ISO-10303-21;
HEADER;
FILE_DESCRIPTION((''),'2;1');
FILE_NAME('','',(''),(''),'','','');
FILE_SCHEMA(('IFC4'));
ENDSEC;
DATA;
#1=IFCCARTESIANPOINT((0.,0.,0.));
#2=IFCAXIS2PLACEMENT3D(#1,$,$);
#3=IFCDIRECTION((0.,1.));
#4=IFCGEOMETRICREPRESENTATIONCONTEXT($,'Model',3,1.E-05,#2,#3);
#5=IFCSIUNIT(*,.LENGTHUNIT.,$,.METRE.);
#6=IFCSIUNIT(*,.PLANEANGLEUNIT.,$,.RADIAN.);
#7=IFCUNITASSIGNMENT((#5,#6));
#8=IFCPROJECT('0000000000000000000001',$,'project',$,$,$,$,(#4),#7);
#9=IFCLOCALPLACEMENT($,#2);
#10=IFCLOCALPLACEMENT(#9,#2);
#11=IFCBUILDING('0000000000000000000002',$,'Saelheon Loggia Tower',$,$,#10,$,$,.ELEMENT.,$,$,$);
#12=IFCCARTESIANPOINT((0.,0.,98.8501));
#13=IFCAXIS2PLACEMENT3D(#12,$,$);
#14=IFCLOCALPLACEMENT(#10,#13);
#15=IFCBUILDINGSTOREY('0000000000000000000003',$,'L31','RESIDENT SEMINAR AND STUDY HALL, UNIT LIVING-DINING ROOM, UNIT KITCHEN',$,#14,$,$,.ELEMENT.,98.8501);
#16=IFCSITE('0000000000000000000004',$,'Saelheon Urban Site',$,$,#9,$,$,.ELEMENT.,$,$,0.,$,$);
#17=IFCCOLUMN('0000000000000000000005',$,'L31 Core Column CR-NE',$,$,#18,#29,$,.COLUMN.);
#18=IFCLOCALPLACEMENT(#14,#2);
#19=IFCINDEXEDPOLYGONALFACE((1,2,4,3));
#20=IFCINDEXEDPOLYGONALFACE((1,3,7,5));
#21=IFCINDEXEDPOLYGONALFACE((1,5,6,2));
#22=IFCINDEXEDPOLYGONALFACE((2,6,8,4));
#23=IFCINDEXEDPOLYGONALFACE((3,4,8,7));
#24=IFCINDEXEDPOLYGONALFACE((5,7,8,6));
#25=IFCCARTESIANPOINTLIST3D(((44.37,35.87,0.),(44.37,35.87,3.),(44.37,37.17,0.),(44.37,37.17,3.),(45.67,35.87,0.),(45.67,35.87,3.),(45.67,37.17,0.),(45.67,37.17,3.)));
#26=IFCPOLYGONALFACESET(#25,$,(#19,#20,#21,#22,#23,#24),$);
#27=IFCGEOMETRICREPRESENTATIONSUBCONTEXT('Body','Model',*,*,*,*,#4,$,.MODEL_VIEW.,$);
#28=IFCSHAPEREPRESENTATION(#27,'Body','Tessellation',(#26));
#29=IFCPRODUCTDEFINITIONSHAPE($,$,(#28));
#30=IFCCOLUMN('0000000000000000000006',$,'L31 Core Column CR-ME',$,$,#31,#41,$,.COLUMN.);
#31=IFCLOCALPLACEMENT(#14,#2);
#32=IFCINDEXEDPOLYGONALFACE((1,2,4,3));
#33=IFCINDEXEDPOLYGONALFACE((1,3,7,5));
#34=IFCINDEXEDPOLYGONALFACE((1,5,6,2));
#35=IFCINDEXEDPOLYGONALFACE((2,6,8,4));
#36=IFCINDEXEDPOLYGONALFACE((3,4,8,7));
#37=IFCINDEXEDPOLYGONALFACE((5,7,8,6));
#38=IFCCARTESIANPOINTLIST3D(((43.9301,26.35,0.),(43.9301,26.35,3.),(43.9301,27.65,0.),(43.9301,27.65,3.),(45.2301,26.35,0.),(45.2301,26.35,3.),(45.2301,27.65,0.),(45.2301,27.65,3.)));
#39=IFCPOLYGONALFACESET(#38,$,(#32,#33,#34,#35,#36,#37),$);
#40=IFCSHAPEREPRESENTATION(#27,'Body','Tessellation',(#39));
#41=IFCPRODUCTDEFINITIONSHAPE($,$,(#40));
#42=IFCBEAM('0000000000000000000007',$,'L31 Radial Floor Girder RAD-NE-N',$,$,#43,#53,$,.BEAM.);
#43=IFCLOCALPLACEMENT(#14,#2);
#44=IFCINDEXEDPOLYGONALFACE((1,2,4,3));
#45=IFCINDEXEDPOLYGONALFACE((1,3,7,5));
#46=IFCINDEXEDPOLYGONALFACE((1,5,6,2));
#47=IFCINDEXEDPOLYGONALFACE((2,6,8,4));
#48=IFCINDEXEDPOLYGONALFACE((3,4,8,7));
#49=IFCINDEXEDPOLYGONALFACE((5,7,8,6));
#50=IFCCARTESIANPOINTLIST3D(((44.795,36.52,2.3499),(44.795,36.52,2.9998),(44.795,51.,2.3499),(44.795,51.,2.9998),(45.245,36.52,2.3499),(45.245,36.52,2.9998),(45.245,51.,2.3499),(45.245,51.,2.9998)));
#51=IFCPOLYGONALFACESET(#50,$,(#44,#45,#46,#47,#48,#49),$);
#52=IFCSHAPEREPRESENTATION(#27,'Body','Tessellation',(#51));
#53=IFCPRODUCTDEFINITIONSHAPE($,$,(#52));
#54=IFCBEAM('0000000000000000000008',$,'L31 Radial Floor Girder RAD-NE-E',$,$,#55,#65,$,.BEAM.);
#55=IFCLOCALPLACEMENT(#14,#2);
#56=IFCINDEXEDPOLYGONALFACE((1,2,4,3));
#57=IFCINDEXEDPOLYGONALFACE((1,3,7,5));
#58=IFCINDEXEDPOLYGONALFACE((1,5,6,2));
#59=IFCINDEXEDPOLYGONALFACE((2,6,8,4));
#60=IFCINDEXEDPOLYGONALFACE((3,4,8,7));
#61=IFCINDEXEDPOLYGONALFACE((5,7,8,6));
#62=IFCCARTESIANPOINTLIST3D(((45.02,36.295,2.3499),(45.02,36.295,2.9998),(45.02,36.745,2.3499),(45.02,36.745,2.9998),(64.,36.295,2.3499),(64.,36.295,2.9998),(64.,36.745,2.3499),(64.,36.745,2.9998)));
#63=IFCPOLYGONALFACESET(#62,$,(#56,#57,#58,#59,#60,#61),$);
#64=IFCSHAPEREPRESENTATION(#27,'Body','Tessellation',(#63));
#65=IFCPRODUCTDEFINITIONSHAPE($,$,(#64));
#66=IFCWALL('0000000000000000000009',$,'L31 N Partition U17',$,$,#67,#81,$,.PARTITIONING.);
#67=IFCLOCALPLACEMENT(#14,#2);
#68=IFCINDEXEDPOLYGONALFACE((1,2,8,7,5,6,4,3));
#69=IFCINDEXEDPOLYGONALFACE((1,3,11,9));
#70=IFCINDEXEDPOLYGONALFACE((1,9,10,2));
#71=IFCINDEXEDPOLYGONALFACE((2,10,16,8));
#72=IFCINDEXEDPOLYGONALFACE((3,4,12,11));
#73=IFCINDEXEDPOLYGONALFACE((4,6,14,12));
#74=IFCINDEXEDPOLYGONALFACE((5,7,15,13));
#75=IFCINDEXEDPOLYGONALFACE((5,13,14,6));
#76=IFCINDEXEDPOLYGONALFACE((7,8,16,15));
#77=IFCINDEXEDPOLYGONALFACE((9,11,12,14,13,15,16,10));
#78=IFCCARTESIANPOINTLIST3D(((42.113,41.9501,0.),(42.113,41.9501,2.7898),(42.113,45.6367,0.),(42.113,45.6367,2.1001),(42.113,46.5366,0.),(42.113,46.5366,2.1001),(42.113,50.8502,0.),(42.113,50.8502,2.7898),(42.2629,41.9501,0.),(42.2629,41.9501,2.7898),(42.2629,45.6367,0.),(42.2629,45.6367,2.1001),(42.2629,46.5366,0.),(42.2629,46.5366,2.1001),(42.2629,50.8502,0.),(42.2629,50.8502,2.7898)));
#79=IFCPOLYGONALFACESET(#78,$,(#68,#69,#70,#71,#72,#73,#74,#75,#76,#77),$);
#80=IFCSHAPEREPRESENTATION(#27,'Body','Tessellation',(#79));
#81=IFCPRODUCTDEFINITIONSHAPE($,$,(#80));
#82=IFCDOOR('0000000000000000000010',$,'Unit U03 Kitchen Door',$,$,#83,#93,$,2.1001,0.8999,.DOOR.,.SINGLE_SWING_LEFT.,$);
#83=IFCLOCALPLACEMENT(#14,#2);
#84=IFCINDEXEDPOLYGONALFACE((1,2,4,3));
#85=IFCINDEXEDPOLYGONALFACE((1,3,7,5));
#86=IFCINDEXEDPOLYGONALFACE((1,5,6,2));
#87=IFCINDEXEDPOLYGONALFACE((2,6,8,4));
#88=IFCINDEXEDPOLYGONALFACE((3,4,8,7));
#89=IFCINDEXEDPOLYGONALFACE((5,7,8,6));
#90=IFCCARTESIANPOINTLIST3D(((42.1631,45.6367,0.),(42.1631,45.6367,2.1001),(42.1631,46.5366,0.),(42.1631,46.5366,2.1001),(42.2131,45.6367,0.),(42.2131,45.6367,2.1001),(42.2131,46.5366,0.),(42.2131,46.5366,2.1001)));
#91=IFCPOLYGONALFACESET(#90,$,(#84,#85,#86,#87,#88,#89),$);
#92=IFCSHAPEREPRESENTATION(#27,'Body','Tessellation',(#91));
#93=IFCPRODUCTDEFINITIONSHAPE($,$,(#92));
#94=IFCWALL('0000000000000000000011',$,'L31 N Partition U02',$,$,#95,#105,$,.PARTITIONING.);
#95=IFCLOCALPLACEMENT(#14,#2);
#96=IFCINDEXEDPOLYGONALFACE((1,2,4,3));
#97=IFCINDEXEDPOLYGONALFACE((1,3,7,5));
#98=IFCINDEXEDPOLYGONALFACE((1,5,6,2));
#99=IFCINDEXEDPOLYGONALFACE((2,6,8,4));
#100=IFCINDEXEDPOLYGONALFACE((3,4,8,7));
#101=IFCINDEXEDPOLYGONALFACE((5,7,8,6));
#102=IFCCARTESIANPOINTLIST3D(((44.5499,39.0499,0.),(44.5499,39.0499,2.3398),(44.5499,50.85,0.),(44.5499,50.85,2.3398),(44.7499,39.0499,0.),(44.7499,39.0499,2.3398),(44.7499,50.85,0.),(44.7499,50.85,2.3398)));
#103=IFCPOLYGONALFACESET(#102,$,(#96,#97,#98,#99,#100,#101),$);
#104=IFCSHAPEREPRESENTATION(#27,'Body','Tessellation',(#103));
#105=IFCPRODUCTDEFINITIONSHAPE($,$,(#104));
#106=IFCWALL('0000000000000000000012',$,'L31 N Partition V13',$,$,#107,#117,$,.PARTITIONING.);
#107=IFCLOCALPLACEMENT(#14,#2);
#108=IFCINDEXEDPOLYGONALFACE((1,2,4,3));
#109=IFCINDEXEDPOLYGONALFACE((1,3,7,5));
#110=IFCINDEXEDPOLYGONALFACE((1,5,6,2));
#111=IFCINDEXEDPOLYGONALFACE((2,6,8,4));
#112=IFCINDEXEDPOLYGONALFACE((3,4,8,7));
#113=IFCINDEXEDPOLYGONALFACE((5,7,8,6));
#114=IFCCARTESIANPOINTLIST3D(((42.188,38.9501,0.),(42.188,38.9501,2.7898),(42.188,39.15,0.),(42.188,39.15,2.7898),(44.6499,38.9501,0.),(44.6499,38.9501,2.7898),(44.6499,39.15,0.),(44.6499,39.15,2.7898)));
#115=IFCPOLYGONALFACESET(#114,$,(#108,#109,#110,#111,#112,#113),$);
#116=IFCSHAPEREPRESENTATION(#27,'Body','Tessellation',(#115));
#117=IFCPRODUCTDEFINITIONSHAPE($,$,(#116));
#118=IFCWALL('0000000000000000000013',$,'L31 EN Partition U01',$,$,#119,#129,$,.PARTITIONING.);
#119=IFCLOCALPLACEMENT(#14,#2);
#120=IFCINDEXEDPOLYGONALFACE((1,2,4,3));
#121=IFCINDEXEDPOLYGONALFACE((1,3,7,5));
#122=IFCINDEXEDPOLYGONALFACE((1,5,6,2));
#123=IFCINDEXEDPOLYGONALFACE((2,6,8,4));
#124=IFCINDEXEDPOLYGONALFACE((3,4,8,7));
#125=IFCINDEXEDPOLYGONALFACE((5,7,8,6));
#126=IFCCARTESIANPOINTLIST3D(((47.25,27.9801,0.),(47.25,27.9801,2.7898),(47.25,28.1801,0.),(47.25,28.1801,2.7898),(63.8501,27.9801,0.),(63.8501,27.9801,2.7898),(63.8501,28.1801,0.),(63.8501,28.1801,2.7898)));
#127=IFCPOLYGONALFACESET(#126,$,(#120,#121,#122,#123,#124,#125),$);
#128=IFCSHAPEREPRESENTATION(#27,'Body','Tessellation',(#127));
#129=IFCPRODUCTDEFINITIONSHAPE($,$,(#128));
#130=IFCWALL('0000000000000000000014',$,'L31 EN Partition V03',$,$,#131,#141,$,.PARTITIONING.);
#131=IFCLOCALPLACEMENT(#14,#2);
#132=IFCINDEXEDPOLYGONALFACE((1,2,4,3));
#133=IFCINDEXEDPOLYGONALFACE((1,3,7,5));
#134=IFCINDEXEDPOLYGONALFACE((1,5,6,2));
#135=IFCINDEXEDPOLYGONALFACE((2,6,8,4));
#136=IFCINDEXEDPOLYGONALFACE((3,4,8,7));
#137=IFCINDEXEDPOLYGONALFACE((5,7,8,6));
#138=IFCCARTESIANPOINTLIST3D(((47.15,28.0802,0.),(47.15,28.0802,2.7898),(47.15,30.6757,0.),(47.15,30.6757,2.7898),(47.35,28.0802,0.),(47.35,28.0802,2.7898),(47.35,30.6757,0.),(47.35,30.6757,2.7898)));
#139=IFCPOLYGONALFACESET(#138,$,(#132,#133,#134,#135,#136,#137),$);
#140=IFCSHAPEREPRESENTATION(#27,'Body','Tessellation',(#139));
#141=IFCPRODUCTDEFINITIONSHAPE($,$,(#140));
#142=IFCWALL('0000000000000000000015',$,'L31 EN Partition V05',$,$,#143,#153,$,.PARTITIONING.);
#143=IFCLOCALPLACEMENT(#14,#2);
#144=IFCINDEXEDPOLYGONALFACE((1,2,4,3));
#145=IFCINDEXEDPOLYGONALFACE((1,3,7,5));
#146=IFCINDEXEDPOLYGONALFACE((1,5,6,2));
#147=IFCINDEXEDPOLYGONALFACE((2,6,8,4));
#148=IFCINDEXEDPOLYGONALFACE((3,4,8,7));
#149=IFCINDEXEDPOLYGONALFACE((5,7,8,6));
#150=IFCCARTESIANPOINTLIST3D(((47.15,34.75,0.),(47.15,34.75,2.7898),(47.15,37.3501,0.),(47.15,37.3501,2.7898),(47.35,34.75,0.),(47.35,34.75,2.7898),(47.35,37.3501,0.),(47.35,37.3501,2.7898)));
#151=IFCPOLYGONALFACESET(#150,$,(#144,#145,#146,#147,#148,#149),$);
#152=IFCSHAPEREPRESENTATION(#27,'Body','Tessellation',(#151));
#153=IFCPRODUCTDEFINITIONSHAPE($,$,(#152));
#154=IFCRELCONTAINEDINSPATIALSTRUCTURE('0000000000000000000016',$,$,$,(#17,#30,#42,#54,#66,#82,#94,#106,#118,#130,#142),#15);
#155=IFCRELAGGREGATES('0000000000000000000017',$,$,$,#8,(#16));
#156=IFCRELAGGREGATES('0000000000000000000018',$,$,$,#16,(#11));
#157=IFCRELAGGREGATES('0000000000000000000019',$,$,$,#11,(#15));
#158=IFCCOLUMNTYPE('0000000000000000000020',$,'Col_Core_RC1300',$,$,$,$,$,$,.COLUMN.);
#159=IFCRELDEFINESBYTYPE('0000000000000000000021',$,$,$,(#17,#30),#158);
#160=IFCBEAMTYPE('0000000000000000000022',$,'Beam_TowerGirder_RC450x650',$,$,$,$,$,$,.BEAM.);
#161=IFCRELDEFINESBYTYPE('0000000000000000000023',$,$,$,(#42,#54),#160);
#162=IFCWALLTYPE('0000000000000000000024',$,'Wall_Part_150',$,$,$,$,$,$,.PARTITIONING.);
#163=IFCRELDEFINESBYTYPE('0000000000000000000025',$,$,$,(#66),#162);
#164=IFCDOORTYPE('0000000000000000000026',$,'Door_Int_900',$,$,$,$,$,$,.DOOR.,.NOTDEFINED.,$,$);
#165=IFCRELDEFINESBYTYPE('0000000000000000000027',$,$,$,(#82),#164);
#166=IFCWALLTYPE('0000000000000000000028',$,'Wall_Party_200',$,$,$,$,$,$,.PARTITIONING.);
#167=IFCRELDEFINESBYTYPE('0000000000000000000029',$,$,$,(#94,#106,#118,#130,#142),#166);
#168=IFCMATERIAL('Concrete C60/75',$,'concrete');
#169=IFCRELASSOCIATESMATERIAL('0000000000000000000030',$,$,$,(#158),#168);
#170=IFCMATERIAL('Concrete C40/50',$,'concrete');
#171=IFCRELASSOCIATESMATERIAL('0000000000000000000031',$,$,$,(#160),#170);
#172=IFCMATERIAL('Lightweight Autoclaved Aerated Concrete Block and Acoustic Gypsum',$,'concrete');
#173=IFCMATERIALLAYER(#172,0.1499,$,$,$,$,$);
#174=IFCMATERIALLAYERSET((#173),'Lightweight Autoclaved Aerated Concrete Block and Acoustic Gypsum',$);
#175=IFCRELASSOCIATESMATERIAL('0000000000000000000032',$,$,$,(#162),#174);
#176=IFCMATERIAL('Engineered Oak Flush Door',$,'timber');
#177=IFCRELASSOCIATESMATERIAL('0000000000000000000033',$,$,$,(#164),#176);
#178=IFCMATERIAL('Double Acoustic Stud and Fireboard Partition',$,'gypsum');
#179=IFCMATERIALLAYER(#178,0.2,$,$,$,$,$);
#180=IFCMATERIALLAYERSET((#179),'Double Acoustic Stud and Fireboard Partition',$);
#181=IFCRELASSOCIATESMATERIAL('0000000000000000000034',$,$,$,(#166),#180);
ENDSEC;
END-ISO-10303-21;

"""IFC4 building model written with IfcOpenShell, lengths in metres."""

from ifc_helpers import new_model, si_unit, direction, frame, frame_2d, origin, origin_2d, place, context, subcontext, project, spatial, rectangle, extrude, source, transform, mapped, material, layer, layer_set, material_profile, profile_set, type_object, element, fill, save


model = new_model("IFC4")

# Units and contexts
model_context = context("Model", 3, precision=1e-05, world=origin(), true_north=direction((0.0, 1.0)))
body_context = subcontext(model_context, "Body", "Model", "MODEL_VIEW")
ifc_project = project(units=[si_unit("LENGTHUNIT", "METRE"), si_unit("PLANEANGLEUNIT", "RADIAN")], contexts=[model_context])

# Site, building, storey
site_placement = place(None, origin())
site = spatial("IfcSite", under=ifc_project, at=site_placement, Name="Saelheon Urban Site", CompositionType="ELEMENT", RefElevation=0.0)
building_placement = place(site_placement, origin())
building = spatial("IfcBuilding", under=site, at=building_placement, Name="Saelheon Loggia Tower", CompositionType="ELEMENT")
storey_placement = place(building_placement, frame((0.0, 0.0, 98.8501)))
storey = spatial("IfcBuildingStorey", under=building, at=storey_placement, Name="L31", Description="RESIDENT SEMINAR AND STUDY HALL, UNIT LIVING-DINING ROOM, UNIT KITCHEN", CompositionType="ELEMENT", Elevation=98.8501)

# Columns
ifc_material_1 = material(Name="Concrete C60/75", Category="concrete")
ifc_material_profile_1 = material_profile(ifc_material_1, rectangle(XDim=1.3, YDim=1.3, at=origin_2d()), Name="RC-1300x1300")
ifc_profile_set_1 = profile_set([ifc_material_profile_1], Name="Concrete C60/75")
column_type = type_object("IfcColumnType", Name="Col_Core_RC1300", PredefinedType="COLUMN", material=ifc_profile_set_1)
shared_shape_1 = source(origin(), body_context, "Body", "SweptSolid", [
    extrude(rectangle(XDim=1.3, YDim=1.3, at=origin_2d()), origin(), (0.0, 0.0, 1.0), 3.0),
])
for number, where, z_axis, x_axis, name in (
    (1, (45.02, 36.52, 0.0), (0.0, 0.0, 1.0), (1.0, 0.0, 0.0), "L31 Core Column CR-NE"),
    (2, (44.5801, 27.0, 0.0), (0.0, 0.0, 1.0), (1.0, 0.0, 0.0), "L31 Core Column CR-ME"),
):
    element("IfcColumn", number, at=place(storey_placement, frame(where, z_axis=z_axis, x_axis=x_axis)), inside=storey, type_object=column_type, Name=name, PredefinedType="COLUMN", context=body_context, shape_type="MappedRepresentation", body=[
        mapped(shared_shape_1, transform((0.0, 0.0, 0.0), scale=1.0)),
    ])

# Beams
ifc_material_2 = material(Name="Concrete C40/50", Category="concrete")
ifc_material_profile_2 = material_profile(ifc_material_2, rectangle(XDim=0.45, YDim=0.6499, at=origin_2d()), Name="RC-450x650")
ifc_profile_set_2 = profile_set([ifc_material_profile_2], Name="Concrete C40/50")
beam_type = type_object("IfcBeamType", Name="Beam_TowerGirder_RC450x650", PredefinedType="BEAM", material=ifc_profile_set_2)
shared_shape_2 = source(origin(), body_context, "Body", "SweptSolid", [
    extrude(rectangle(XDim=0.45, YDim=0.6499, at=origin_2d()), origin(), (0.0, 0.0, 1.0), 14.48),
])
beam_1_placement = place(storey_placement, frame((45.02, 36.52, 2.6748), z_axis=(0.0, 1.0, 0.0), x_axis=(-1.0, 0.0, 0.0)))
element("IfcBeam", 3, at=beam_1_placement, inside=storey, type_object=beam_type, Name="L31 Radial Floor Girder RAD-NE-N", PredefinedType="BEAM", context=body_context, shape_type="MappedRepresentation", body=[
    mapped(shared_shape_2, transform((0.0, 0.0, 0.0), scale=1.0)),
])
shared_shape_3 = source(origin(), body_context, "Body", "SweptSolid", [
    extrude(rectangle(XDim=0.45, YDim=0.6499, at=origin_2d()), origin(), (0.0, 0.0, 1.0), 18.98),
])
beam_2_placement = place(storey_placement, frame((45.02, 36.52, 2.6748), z_axis=(1.0, 0.0, 0.0), x_axis=(0.0, 1.0, 0.0)))
element("IfcBeam", 4, at=beam_2_placement, inside=storey, type_object=beam_type, Name="L31 Radial Floor Girder RAD-NE-E", PredefinedType="BEAM", context=body_context, shape_type="MappedRepresentation", body=[
    mapped(shared_shape_3, transform((0.0, 0.0, 0.0), scale=1.0)),
])

# Wall, opening, door
ifc_material_3 = material(Name="Lightweight Autoclaved Aerated Concrete Block and Acoustic Gypsum", Category="concrete")
ifc_layer_1 = layer(ifc_material_3, 0.1499)
ifc_layer_set_1 = layer_set([ifc_layer_1], Name="Lightweight Autoclaved Aerated Concrete Block and Acoustic Gypsum")
wall_type_1 = type_object("IfcWallType", Name="Wall_Part_150", PredefinedType="PARTITIONING", material=ifc_layer_set_1)
wall_1_placement = place(storey_placement, frame((42.188, 41.95, 0.0), z_axis=(0.0, 0.0, 1.0), x_axis=(0.0, 1.0, 0.0)))
wall_1 = element("IfcWall", 5, at=wall_1_placement, inside=storey, type_object=wall_type_1, Name="L31 N Partition U17", PredefinedType="PARTITIONING", context=body_context, shape_type="SweptSolid", body=[
    extrude(rectangle(XDim=8.9001, YDim=0.1499, at=frame_2d((4.4502, 0.0))), origin(), (0.0, 0.0, 1.0), 2.7898),
])
opening_1_placement = place(wall_1_placement, frame((3.6868, 0.0, 0.0)))
opening_1 = element("IfcOpeningElement", 6, at=opening_1_placement, cuts=wall_1, PredefinedType="OPENING", context=body_context, shape_type="SweptSolid", body=[
    extrude(rectangle(XDim=0.8999, YDim=2.1001, at=frame_2d((0.45, 1.05))), frame((0.0, 0.0869, 0.0), z_axis=(0.0, -1.0, 0.0), x_axis=(1.0, 0.0, 0.0)), (0.0, 0.0, 1.0), 0.1738),
])
ifc_material_4 = material(Name="Engineered Oak Flush Door", Category="timber")
door_type_1 = type_object("IfcDoorType", Name="Door_Int_900", OperationType="NOTDEFINED", PredefinedType="DOOR", material=ifc_material_4)
shared_shape_4 = source(origin(), body_context, "Body", "SweptSolid", [
    extrude(rectangle(XDim=0.8999, YDim=2.1001, at=frame_2d((0.45, 1.05))), frame((0.0, 0.0249, 0.0), z_axis=(0.0, -1.0, 0.0), x_axis=(1.0, 0.0, 0.0)), (0.0, 0.0, 1.0), 0.05),
])
door_1_placement = place(opening_1_placement, origin())
door_1 = element("IfcDoor", 7, at=door_1_placement, inside=storey, type_object=door_type_1, Name="Unit U03 Kitchen Door", OperationType="SINGLE_SWING_LEFT", OverallHeight=2.1001, OverallWidth=0.8999, PredefinedType="DOOR", context=body_context, shape_type="MappedRepresentation", body=[
    mapped(shared_shape_4, transform((0.0, 0.0, 0.0), scale=1.0)),
])
fill(opening_1, door_1)

# Walls
ifc_material_5 = material(Name="Double Acoustic Stud and Fireboard Partition", Category="gypsum")
ifc_layer_2 = layer(ifc_material_5, 0.2)
ifc_layer_set_2 = layer_set([ifc_layer_2], Name="Double Acoustic Stud and Fireboard Partition")
wall_type_2 = type_object("IfcWallType", Name="Wall_Party_200", PredefinedType="PARTITIONING", material=ifc_layer_set_2)
wall_2_placement = place(storey_placement, frame((44.6499, 39.05, 0.0), z_axis=(0.0, 0.0, 1.0), x_axis=(0.0, 1.0, 0.0)))
element("IfcWall", 8, at=wall_2_placement, inside=storey, type_object=wall_type_2, Name="L31 N Partition U02", PredefinedType="PARTITIONING", context=body_context, shape_type="SweptSolid", body=[
    extrude(rectangle(XDim=11.8, YDim=0.2, at=frame_2d((5.8999, 0.0))), origin(), (0.0, 0.0, 1.0), 2.3398),
])
wall_3_placement = place(storey_placement, frame((42.188, 39.05, 0.0), z_axis=(0.0, 0.0, 1.0), x_axis=(1.0, 0.0, 0.0)))
element("IfcWall", 9, at=wall_3_placement, inside=storey, type_object=wall_type_2, Name="L31 N Partition V13", PredefinedType="PARTITIONING", context=body_context, shape_type="SweptSolid", body=[
    extrude(rectangle(XDim=2.4619, YDim=0.2, at=frame_2d((1.231, 0.0))), origin(), (0.0, 0.0, 1.0), 2.7898),
])
wall_4_placement = place(storey_placement, frame((47.25, 28.0801, 0.0), z_axis=(0.0, 0.0, 1.0), x_axis=(1.0, 0.0, 0.0)))
element("IfcWall", 10, at=wall_4_placement, inside=storey, type_object=wall_type_2, Name="L31 EN Partition U01", PredefinedType="PARTITIONING", context=body_context, shape_type="SweptSolid", body=[
    extrude(rectangle(XDim=16.6001, YDim=0.2, at=frame_2d((8.3, 0.0))), origin(), (0.0, 0.0, 1.0), 2.7898),
])
wall_5_placement = place(storey_placement, frame((47.25, 28.0801, 0.0), z_axis=(0.0, 0.0, 1.0), x_axis=(0.0, 1.0, 0.0)))
element("IfcWall", 11, at=wall_5_placement, inside=storey, type_object=wall_type_2, Name="L31 EN Partition V03", PredefinedType="PARTITIONING", context=body_context, shape_type="SweptSolid", body=[
    extrude(rectangle(XDim=2.5955, YDim=0.2, at=frame_2d((1.2979, 0.0))), origin(), (0.0, 0.0, 1.0), 2.7898),
])

# Wall
wall_6_placement = place(storey_placement, frame((47.25, 34.75, 0.0), z_axis=(0.0, 0.0, 1.0), x_axis=(0.0, 1.0, 0.0)))
element("IfcWall", 12, at=wall_6_placement, inside=storey, type_object=wall_type_2, Name="L31 EN Partition V05", PredefinedType="PARTITIONING", context=body_context, shape_type="SweptSolid", body=[
    extrude(rectangle(XDim=2.6001, YDim=0.2, at=frame_2d((1.3, 0.0))), origin(), (0.0, 0.0, 1.0), 2.7898),
])

save(model, "model.ifc")
